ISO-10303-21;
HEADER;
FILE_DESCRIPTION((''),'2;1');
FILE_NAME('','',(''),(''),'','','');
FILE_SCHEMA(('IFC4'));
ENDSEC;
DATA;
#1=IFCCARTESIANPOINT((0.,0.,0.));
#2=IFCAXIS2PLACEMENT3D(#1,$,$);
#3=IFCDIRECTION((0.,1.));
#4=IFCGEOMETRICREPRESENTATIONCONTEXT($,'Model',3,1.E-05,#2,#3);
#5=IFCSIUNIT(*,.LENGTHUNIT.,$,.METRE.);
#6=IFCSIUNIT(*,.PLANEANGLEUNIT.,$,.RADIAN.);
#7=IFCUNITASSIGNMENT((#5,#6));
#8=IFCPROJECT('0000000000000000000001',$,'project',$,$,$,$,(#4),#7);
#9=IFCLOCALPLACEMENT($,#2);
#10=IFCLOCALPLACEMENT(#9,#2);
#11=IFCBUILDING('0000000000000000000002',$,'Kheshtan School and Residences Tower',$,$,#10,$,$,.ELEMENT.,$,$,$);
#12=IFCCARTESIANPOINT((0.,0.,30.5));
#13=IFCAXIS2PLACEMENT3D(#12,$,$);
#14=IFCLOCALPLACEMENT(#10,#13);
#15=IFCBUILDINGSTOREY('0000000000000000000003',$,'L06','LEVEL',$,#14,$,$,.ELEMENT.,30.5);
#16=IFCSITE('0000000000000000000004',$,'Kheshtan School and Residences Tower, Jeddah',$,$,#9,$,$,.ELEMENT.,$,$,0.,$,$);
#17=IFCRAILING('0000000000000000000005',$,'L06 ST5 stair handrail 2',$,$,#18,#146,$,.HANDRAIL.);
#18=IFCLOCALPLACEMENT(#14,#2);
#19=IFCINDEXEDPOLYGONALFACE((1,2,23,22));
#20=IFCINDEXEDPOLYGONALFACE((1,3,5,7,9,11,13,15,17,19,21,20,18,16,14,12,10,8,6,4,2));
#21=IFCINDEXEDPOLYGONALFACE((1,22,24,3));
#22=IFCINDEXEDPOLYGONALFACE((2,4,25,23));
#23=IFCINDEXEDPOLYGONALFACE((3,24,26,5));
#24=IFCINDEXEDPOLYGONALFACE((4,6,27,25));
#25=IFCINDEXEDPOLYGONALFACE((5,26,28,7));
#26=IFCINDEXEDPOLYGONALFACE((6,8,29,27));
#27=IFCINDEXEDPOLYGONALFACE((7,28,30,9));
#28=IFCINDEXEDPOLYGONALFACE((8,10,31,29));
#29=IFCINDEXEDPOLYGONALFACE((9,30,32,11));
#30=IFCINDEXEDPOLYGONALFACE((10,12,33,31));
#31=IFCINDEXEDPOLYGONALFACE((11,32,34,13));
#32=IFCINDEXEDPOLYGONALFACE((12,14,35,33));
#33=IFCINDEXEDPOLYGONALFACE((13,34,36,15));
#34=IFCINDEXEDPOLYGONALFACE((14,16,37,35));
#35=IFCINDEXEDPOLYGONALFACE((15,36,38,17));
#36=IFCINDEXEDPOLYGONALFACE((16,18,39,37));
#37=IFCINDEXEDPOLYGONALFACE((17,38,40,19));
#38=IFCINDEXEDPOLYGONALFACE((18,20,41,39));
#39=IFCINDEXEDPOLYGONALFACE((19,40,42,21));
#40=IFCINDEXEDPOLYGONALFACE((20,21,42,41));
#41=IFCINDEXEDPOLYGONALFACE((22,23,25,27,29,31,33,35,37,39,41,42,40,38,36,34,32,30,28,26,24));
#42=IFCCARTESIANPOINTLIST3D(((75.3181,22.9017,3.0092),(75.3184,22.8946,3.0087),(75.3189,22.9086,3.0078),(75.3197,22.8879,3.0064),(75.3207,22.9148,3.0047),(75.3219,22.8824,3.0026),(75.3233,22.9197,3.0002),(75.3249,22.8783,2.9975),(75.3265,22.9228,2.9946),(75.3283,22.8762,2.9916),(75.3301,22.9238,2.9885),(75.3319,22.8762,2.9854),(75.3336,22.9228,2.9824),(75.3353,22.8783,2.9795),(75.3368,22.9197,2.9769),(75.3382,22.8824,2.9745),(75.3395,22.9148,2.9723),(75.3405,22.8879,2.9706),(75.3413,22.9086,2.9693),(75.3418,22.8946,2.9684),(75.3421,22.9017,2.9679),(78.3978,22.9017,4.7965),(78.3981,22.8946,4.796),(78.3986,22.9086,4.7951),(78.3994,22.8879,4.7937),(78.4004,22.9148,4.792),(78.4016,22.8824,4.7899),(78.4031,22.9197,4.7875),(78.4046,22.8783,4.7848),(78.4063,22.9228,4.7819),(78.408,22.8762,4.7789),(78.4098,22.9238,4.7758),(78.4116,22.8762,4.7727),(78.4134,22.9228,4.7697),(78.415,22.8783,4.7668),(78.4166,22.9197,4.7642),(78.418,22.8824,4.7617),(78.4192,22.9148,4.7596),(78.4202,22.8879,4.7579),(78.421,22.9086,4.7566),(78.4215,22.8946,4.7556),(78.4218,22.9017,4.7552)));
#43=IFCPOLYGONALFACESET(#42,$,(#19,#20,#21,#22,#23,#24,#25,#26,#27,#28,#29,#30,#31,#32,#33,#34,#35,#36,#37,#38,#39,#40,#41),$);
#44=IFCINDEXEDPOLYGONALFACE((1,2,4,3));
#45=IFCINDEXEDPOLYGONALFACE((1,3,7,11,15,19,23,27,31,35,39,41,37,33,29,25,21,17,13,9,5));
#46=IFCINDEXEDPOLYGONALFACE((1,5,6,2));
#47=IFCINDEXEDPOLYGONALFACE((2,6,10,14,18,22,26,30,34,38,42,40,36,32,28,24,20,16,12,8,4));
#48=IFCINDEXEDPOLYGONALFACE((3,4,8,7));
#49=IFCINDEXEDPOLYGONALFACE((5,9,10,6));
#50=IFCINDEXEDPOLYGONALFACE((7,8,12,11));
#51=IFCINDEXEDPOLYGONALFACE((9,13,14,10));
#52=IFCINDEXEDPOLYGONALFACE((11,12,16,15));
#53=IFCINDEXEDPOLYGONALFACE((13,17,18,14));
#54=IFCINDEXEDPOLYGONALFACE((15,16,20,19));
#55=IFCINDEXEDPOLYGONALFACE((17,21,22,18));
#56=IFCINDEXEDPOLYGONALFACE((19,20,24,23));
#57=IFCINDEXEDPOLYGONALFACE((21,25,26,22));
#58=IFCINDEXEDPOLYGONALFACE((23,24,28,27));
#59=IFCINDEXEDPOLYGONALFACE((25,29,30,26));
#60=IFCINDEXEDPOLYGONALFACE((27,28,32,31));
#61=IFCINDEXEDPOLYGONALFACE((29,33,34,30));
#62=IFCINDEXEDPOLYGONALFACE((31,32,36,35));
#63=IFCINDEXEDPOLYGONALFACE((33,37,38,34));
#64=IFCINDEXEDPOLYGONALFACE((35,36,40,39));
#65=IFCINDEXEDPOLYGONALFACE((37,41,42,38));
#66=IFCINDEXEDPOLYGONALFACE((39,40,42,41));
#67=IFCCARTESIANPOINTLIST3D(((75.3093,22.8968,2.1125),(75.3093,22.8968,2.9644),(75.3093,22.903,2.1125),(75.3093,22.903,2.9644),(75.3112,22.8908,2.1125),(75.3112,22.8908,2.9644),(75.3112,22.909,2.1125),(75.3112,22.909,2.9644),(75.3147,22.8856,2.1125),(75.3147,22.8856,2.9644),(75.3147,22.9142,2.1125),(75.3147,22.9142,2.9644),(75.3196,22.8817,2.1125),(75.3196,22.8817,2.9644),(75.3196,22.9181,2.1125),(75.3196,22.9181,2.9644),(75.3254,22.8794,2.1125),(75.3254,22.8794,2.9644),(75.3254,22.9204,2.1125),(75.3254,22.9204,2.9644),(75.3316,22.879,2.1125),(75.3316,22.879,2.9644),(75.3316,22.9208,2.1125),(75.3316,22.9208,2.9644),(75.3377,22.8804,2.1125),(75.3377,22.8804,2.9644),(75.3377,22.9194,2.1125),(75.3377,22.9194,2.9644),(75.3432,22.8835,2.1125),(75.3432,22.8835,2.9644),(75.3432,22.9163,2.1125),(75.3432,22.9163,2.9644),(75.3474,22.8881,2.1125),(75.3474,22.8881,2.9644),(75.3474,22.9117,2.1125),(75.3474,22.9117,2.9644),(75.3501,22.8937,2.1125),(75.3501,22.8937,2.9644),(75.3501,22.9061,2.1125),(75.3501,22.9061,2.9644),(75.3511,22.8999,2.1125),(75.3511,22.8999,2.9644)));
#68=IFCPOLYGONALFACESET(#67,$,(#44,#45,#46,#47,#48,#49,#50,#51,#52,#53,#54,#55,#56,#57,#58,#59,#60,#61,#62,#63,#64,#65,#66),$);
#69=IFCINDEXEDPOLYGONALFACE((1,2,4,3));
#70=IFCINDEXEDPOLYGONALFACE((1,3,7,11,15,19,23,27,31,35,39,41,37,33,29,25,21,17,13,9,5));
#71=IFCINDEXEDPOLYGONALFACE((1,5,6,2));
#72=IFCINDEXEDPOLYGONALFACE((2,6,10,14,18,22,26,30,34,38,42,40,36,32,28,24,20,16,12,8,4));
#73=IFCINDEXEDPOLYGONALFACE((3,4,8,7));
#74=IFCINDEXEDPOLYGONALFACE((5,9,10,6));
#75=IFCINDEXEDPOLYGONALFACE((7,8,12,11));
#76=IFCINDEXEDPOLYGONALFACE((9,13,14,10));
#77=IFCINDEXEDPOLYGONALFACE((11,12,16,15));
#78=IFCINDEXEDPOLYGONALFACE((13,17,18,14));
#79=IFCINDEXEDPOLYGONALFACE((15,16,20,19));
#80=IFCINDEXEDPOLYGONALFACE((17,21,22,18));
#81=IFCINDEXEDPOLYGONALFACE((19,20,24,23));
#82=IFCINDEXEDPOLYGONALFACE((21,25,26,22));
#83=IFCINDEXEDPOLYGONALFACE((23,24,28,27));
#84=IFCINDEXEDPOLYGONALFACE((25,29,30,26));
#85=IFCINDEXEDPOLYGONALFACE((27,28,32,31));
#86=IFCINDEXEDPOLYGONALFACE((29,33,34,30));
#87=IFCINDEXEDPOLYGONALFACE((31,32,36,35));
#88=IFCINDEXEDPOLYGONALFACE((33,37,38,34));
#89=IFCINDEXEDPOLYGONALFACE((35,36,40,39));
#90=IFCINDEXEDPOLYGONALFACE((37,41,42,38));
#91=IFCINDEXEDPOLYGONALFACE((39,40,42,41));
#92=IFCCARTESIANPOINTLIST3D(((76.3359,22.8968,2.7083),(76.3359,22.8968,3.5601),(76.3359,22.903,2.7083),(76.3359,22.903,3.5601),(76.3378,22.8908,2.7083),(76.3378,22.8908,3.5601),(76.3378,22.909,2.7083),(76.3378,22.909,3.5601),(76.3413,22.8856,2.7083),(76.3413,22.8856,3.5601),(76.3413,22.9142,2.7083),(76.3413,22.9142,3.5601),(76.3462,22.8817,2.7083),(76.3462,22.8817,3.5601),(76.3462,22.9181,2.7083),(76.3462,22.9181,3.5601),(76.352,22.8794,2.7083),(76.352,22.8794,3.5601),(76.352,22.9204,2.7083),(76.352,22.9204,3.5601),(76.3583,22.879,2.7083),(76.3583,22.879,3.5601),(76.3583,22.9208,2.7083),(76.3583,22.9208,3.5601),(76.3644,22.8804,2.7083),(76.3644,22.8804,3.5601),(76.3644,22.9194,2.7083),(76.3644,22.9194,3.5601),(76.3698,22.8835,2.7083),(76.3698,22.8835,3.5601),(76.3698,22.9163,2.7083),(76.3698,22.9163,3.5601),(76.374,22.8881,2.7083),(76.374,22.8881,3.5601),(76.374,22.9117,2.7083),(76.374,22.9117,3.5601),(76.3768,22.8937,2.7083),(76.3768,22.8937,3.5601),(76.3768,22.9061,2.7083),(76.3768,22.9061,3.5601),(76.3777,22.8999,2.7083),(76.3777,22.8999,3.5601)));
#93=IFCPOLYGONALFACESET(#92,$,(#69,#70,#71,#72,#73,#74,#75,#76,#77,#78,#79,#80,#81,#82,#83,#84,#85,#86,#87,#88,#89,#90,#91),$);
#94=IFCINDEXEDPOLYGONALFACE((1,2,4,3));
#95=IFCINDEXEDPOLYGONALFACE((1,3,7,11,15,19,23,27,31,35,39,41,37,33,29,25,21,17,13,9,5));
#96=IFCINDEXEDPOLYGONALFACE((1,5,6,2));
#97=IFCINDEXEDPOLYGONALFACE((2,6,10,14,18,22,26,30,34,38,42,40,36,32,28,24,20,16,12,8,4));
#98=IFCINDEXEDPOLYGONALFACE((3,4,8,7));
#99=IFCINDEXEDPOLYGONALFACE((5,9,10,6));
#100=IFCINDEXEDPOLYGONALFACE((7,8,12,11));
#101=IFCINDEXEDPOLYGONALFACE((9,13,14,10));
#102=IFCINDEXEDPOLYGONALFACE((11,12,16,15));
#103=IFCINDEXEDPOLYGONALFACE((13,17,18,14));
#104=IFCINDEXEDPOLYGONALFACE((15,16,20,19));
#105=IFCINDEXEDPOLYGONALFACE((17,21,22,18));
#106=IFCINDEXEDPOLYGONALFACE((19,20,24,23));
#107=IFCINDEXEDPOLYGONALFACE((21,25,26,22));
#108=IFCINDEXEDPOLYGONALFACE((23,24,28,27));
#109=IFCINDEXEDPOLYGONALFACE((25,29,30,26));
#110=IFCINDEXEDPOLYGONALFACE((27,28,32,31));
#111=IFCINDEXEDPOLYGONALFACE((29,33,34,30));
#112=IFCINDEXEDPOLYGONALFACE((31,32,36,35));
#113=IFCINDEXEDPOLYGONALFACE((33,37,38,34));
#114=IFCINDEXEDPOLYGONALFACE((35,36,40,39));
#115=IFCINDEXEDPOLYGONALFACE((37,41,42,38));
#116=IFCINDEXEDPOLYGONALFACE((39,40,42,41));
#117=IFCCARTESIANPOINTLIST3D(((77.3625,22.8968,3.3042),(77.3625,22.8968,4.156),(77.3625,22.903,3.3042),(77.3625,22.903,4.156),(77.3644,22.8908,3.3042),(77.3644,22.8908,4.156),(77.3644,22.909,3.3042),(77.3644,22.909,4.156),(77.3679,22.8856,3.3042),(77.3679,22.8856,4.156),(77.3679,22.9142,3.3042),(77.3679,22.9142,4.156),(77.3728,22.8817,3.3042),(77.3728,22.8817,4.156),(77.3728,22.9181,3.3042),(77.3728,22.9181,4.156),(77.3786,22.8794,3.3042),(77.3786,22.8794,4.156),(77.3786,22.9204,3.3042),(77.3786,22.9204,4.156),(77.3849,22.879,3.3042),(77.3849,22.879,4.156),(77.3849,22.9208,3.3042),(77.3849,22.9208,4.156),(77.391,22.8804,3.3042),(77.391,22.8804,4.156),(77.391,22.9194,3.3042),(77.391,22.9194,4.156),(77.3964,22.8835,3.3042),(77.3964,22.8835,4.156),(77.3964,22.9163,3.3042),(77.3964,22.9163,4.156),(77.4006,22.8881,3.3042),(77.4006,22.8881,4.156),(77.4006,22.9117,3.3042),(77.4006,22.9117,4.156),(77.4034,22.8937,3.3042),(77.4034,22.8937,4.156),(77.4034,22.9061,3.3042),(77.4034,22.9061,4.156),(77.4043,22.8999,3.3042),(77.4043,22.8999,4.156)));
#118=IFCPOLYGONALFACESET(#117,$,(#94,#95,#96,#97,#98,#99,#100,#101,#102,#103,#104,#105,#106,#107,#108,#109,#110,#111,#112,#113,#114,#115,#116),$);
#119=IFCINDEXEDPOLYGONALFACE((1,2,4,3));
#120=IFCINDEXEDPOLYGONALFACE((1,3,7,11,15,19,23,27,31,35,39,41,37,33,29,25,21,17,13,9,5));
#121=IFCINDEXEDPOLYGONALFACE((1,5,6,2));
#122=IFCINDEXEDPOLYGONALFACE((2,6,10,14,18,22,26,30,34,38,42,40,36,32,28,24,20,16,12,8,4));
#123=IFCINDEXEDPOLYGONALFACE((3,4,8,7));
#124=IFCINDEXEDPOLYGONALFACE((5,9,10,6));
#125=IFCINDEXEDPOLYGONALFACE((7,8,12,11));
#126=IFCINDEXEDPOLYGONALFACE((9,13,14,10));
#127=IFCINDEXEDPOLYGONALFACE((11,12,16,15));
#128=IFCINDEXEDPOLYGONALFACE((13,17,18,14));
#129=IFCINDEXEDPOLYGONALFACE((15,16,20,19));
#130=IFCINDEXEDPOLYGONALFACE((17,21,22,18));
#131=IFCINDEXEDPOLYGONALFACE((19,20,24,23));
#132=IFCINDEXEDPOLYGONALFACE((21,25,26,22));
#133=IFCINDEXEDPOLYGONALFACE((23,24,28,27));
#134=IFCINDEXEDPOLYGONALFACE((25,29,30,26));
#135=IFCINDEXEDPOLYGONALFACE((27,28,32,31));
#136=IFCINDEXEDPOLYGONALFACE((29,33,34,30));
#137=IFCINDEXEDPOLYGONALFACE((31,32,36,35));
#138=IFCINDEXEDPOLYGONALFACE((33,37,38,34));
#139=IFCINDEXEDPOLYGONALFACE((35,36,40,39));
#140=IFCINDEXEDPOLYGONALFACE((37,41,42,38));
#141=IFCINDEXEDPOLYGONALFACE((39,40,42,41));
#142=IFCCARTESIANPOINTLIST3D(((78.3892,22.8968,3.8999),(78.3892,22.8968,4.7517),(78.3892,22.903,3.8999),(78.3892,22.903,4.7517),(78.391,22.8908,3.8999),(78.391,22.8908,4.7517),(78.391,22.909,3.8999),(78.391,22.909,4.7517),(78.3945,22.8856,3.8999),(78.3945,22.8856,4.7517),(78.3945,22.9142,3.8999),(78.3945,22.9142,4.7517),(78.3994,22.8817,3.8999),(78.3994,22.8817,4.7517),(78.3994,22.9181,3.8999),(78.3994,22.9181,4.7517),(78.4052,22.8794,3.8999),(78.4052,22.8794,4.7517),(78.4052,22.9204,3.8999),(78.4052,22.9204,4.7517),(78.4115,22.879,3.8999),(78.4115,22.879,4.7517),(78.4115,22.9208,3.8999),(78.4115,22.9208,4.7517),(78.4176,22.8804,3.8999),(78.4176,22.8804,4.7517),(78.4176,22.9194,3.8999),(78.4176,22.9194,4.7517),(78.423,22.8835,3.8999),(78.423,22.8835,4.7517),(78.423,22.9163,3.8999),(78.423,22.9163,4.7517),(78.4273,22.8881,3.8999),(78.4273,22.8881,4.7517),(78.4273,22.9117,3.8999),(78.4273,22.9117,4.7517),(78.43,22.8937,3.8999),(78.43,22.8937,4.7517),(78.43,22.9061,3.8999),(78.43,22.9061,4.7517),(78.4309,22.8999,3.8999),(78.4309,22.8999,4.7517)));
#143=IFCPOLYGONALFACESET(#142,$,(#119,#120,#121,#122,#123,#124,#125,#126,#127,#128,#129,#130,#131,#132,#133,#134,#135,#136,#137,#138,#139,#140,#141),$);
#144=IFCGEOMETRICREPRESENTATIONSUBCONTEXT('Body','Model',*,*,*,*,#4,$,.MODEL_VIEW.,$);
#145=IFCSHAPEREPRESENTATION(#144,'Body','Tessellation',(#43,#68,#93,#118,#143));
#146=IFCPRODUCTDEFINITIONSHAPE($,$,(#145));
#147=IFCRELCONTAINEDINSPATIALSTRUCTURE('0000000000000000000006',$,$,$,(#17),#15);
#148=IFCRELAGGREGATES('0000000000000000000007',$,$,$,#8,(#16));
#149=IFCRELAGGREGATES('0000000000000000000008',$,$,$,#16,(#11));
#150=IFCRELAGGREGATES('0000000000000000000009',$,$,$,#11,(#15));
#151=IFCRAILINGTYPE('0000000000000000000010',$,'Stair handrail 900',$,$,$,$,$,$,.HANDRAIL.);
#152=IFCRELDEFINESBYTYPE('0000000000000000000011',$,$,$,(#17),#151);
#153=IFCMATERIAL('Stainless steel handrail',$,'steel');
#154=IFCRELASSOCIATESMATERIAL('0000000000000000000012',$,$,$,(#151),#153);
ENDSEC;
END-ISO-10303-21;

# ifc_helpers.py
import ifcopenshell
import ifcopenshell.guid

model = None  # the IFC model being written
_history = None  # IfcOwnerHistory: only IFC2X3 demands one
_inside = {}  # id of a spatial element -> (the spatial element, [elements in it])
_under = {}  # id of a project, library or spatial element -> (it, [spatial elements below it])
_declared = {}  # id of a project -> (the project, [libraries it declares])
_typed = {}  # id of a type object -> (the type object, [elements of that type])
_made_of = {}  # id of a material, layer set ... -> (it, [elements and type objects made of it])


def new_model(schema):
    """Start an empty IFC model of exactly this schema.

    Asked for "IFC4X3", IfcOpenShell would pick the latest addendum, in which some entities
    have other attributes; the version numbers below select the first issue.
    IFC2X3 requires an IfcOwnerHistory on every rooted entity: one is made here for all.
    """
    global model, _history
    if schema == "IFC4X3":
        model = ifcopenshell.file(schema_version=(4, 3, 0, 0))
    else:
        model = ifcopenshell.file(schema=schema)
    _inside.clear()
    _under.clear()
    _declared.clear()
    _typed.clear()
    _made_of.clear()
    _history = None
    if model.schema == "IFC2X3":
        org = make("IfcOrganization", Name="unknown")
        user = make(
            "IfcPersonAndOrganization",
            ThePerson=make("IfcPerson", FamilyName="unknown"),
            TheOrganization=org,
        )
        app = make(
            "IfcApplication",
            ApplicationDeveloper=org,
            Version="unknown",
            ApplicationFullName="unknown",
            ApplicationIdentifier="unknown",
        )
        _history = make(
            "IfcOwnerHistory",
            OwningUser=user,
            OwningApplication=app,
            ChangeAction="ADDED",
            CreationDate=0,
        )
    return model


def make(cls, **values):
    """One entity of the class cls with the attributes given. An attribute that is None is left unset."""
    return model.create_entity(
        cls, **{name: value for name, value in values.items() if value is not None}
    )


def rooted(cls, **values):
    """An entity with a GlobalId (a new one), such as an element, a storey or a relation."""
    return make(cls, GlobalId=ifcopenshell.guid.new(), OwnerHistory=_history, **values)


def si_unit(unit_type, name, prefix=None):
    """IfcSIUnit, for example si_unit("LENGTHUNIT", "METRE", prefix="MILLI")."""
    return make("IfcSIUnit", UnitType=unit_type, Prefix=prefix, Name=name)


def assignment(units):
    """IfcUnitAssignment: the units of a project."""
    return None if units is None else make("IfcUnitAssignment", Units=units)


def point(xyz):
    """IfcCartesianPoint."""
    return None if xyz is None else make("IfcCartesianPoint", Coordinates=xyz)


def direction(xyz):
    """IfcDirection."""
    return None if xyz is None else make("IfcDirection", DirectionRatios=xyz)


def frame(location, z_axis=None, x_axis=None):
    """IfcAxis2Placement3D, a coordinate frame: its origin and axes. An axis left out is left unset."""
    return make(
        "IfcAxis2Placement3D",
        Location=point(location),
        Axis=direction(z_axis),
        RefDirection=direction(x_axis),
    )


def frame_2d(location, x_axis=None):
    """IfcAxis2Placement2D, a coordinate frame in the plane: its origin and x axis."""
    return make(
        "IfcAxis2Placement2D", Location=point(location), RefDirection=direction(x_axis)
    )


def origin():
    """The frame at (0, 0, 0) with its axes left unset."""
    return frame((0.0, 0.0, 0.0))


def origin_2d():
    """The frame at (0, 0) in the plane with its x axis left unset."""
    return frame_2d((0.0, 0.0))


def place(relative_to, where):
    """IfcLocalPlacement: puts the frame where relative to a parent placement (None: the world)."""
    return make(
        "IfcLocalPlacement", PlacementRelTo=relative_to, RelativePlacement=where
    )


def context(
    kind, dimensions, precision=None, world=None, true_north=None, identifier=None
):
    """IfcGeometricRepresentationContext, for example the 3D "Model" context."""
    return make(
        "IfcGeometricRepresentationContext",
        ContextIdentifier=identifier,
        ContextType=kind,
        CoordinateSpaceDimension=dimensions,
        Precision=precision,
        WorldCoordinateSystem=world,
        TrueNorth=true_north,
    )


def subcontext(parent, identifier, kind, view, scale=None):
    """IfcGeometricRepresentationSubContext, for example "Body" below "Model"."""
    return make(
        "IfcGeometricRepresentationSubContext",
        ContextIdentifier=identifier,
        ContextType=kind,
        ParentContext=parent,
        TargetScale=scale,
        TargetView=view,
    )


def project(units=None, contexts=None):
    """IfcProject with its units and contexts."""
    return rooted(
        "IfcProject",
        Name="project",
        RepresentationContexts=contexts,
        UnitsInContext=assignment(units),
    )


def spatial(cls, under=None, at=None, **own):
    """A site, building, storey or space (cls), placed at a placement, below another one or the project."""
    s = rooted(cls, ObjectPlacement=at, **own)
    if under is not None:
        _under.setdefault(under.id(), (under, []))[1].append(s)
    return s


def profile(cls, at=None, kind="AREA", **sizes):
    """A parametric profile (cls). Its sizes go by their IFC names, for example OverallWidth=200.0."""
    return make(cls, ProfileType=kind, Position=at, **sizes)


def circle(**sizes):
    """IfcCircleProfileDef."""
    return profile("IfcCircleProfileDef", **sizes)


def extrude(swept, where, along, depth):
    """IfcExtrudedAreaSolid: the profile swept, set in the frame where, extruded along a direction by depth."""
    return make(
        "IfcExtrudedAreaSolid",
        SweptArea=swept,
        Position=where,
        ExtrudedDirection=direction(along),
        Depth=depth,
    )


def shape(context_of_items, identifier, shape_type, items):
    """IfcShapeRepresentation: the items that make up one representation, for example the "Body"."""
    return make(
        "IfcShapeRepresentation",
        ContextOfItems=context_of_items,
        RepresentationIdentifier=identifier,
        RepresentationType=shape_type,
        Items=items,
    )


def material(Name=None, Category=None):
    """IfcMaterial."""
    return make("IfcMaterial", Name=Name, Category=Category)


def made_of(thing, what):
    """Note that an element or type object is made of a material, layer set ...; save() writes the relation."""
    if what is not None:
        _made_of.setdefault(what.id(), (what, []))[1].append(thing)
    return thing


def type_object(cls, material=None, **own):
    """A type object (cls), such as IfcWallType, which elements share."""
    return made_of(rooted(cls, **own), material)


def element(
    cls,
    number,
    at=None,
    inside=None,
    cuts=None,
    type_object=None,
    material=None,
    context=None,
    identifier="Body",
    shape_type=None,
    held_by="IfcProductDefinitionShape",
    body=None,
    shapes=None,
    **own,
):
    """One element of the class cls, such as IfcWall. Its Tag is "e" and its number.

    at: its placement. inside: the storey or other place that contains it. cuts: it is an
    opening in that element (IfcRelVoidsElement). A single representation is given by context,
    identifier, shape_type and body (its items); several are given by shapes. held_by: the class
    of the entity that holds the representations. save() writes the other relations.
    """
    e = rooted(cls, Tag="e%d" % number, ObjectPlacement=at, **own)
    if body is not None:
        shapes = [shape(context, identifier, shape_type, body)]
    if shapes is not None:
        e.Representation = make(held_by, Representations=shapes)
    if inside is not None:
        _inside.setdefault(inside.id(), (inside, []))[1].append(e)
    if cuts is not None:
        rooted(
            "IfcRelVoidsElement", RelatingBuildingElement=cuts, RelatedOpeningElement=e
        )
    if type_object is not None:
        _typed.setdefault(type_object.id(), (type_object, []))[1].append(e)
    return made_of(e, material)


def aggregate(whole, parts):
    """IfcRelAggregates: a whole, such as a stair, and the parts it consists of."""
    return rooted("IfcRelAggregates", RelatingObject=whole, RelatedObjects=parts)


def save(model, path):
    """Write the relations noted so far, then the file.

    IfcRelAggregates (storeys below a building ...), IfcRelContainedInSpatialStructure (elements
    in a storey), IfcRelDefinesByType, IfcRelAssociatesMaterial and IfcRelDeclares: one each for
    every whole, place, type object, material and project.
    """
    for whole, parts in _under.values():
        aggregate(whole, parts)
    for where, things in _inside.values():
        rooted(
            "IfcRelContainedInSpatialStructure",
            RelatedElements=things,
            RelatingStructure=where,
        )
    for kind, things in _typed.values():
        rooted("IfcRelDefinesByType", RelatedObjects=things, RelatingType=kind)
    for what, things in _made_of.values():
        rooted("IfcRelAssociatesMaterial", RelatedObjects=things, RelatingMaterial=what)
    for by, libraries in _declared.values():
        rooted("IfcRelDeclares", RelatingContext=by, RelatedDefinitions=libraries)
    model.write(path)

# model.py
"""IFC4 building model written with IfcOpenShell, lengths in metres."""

from ifc_helpers import new_model, si_unit, direction, frame, origin, origin_2d, place, context, subcontext, project, spatial, circle, extrude, material, type_object, element, save


model = new_model("IFC4")

# Units and contexts
model_context = context("Model", 3, precision=1e-05, world=origin(), true_north=direction((0.0, 1.0)))
body_context = subcontext(model_context, "Body", "Model", "MODEL_VIEW")
ifc_project = project(units=[si_unit("LENGTHUNIT", "METRE"), si_unit("PLANEANGLEUNIT", "RADIAN")], contexts=[model_context])

# Site, building, storey
site_placement = place(None, origin())
site = spatial("IfcSite", under=ifc_project, at=site_placement, Name="Kheshtan School and Residences Tower, Jeddah", CompositionType="ELEMENT", RefElevation=0.0)
building_placement = place(site_placement, origin())
building = spatial("IfcBuilding", under=site, at=building_placement, Name="Kheshtan School and Residences Tower", CompositionType="ELEMENT")
storey_placement = place(building_placement, frame((0.0, 0.0, 30.5)))
storey = spatial("IfcBuildingStorey", under=building, at=storey_placement, Name="L06", Description="LEVEL", CompositionType="ELEMENT", Elevation=30.5)

# Railing
ifc_material_1 = material(Name="Stainless steel handrail", Category="steel")
railing_type_1 = type_object("IfcRailingType", Name="Stair handrail 900", PredefinedType="HANDRAIL", material=ifc_material_1)
railing_1_placement = place(storey_placement, frame((75.3301, 22.8999, 2.1125)))
element("IfcRailing", 1, at=railing_1_placement, inside=storey, type_object=railing_type_1, Name="L06 ST5 stair handrail 2", PredefinedType="HANDRAIL", context=body_context, shape_type="SweptSolid", body=[
    extrude(circle(Radius=0.0239, at=origin_2d()), frame((0.0, 0.0, 0.876), z_axis=(0.864903, 0.0, 0.501939), x_axis=(0.0, 1.0, 0.0)), (0.0, 0.0, 1.0), 3.5608),
    extrude(circle(Radius=0.021, at=origin_2d()), origin(), (0.0, 0.0, 1.0), 0.8518),
    extrude(circle(Radius=0.021, at=origin_2d()), frame((1.0266, 0.0, 0.5957)), (0.0, 0.0, 1.0), 0.8518),
    extrude(circle(Radius=0.021, at=origin_2d()), frame((2.0532, 0.0, 1.1917)), (0.0, 0.0, 1.0), 0.8518),
    extrude(circle(Radius=0.021, at=origin_2d()), frame((3.0798, 0.0, 1.7874)), (0.0, 0.0, 1.0), 0.8518),
])

save(model, "model.ifc")
